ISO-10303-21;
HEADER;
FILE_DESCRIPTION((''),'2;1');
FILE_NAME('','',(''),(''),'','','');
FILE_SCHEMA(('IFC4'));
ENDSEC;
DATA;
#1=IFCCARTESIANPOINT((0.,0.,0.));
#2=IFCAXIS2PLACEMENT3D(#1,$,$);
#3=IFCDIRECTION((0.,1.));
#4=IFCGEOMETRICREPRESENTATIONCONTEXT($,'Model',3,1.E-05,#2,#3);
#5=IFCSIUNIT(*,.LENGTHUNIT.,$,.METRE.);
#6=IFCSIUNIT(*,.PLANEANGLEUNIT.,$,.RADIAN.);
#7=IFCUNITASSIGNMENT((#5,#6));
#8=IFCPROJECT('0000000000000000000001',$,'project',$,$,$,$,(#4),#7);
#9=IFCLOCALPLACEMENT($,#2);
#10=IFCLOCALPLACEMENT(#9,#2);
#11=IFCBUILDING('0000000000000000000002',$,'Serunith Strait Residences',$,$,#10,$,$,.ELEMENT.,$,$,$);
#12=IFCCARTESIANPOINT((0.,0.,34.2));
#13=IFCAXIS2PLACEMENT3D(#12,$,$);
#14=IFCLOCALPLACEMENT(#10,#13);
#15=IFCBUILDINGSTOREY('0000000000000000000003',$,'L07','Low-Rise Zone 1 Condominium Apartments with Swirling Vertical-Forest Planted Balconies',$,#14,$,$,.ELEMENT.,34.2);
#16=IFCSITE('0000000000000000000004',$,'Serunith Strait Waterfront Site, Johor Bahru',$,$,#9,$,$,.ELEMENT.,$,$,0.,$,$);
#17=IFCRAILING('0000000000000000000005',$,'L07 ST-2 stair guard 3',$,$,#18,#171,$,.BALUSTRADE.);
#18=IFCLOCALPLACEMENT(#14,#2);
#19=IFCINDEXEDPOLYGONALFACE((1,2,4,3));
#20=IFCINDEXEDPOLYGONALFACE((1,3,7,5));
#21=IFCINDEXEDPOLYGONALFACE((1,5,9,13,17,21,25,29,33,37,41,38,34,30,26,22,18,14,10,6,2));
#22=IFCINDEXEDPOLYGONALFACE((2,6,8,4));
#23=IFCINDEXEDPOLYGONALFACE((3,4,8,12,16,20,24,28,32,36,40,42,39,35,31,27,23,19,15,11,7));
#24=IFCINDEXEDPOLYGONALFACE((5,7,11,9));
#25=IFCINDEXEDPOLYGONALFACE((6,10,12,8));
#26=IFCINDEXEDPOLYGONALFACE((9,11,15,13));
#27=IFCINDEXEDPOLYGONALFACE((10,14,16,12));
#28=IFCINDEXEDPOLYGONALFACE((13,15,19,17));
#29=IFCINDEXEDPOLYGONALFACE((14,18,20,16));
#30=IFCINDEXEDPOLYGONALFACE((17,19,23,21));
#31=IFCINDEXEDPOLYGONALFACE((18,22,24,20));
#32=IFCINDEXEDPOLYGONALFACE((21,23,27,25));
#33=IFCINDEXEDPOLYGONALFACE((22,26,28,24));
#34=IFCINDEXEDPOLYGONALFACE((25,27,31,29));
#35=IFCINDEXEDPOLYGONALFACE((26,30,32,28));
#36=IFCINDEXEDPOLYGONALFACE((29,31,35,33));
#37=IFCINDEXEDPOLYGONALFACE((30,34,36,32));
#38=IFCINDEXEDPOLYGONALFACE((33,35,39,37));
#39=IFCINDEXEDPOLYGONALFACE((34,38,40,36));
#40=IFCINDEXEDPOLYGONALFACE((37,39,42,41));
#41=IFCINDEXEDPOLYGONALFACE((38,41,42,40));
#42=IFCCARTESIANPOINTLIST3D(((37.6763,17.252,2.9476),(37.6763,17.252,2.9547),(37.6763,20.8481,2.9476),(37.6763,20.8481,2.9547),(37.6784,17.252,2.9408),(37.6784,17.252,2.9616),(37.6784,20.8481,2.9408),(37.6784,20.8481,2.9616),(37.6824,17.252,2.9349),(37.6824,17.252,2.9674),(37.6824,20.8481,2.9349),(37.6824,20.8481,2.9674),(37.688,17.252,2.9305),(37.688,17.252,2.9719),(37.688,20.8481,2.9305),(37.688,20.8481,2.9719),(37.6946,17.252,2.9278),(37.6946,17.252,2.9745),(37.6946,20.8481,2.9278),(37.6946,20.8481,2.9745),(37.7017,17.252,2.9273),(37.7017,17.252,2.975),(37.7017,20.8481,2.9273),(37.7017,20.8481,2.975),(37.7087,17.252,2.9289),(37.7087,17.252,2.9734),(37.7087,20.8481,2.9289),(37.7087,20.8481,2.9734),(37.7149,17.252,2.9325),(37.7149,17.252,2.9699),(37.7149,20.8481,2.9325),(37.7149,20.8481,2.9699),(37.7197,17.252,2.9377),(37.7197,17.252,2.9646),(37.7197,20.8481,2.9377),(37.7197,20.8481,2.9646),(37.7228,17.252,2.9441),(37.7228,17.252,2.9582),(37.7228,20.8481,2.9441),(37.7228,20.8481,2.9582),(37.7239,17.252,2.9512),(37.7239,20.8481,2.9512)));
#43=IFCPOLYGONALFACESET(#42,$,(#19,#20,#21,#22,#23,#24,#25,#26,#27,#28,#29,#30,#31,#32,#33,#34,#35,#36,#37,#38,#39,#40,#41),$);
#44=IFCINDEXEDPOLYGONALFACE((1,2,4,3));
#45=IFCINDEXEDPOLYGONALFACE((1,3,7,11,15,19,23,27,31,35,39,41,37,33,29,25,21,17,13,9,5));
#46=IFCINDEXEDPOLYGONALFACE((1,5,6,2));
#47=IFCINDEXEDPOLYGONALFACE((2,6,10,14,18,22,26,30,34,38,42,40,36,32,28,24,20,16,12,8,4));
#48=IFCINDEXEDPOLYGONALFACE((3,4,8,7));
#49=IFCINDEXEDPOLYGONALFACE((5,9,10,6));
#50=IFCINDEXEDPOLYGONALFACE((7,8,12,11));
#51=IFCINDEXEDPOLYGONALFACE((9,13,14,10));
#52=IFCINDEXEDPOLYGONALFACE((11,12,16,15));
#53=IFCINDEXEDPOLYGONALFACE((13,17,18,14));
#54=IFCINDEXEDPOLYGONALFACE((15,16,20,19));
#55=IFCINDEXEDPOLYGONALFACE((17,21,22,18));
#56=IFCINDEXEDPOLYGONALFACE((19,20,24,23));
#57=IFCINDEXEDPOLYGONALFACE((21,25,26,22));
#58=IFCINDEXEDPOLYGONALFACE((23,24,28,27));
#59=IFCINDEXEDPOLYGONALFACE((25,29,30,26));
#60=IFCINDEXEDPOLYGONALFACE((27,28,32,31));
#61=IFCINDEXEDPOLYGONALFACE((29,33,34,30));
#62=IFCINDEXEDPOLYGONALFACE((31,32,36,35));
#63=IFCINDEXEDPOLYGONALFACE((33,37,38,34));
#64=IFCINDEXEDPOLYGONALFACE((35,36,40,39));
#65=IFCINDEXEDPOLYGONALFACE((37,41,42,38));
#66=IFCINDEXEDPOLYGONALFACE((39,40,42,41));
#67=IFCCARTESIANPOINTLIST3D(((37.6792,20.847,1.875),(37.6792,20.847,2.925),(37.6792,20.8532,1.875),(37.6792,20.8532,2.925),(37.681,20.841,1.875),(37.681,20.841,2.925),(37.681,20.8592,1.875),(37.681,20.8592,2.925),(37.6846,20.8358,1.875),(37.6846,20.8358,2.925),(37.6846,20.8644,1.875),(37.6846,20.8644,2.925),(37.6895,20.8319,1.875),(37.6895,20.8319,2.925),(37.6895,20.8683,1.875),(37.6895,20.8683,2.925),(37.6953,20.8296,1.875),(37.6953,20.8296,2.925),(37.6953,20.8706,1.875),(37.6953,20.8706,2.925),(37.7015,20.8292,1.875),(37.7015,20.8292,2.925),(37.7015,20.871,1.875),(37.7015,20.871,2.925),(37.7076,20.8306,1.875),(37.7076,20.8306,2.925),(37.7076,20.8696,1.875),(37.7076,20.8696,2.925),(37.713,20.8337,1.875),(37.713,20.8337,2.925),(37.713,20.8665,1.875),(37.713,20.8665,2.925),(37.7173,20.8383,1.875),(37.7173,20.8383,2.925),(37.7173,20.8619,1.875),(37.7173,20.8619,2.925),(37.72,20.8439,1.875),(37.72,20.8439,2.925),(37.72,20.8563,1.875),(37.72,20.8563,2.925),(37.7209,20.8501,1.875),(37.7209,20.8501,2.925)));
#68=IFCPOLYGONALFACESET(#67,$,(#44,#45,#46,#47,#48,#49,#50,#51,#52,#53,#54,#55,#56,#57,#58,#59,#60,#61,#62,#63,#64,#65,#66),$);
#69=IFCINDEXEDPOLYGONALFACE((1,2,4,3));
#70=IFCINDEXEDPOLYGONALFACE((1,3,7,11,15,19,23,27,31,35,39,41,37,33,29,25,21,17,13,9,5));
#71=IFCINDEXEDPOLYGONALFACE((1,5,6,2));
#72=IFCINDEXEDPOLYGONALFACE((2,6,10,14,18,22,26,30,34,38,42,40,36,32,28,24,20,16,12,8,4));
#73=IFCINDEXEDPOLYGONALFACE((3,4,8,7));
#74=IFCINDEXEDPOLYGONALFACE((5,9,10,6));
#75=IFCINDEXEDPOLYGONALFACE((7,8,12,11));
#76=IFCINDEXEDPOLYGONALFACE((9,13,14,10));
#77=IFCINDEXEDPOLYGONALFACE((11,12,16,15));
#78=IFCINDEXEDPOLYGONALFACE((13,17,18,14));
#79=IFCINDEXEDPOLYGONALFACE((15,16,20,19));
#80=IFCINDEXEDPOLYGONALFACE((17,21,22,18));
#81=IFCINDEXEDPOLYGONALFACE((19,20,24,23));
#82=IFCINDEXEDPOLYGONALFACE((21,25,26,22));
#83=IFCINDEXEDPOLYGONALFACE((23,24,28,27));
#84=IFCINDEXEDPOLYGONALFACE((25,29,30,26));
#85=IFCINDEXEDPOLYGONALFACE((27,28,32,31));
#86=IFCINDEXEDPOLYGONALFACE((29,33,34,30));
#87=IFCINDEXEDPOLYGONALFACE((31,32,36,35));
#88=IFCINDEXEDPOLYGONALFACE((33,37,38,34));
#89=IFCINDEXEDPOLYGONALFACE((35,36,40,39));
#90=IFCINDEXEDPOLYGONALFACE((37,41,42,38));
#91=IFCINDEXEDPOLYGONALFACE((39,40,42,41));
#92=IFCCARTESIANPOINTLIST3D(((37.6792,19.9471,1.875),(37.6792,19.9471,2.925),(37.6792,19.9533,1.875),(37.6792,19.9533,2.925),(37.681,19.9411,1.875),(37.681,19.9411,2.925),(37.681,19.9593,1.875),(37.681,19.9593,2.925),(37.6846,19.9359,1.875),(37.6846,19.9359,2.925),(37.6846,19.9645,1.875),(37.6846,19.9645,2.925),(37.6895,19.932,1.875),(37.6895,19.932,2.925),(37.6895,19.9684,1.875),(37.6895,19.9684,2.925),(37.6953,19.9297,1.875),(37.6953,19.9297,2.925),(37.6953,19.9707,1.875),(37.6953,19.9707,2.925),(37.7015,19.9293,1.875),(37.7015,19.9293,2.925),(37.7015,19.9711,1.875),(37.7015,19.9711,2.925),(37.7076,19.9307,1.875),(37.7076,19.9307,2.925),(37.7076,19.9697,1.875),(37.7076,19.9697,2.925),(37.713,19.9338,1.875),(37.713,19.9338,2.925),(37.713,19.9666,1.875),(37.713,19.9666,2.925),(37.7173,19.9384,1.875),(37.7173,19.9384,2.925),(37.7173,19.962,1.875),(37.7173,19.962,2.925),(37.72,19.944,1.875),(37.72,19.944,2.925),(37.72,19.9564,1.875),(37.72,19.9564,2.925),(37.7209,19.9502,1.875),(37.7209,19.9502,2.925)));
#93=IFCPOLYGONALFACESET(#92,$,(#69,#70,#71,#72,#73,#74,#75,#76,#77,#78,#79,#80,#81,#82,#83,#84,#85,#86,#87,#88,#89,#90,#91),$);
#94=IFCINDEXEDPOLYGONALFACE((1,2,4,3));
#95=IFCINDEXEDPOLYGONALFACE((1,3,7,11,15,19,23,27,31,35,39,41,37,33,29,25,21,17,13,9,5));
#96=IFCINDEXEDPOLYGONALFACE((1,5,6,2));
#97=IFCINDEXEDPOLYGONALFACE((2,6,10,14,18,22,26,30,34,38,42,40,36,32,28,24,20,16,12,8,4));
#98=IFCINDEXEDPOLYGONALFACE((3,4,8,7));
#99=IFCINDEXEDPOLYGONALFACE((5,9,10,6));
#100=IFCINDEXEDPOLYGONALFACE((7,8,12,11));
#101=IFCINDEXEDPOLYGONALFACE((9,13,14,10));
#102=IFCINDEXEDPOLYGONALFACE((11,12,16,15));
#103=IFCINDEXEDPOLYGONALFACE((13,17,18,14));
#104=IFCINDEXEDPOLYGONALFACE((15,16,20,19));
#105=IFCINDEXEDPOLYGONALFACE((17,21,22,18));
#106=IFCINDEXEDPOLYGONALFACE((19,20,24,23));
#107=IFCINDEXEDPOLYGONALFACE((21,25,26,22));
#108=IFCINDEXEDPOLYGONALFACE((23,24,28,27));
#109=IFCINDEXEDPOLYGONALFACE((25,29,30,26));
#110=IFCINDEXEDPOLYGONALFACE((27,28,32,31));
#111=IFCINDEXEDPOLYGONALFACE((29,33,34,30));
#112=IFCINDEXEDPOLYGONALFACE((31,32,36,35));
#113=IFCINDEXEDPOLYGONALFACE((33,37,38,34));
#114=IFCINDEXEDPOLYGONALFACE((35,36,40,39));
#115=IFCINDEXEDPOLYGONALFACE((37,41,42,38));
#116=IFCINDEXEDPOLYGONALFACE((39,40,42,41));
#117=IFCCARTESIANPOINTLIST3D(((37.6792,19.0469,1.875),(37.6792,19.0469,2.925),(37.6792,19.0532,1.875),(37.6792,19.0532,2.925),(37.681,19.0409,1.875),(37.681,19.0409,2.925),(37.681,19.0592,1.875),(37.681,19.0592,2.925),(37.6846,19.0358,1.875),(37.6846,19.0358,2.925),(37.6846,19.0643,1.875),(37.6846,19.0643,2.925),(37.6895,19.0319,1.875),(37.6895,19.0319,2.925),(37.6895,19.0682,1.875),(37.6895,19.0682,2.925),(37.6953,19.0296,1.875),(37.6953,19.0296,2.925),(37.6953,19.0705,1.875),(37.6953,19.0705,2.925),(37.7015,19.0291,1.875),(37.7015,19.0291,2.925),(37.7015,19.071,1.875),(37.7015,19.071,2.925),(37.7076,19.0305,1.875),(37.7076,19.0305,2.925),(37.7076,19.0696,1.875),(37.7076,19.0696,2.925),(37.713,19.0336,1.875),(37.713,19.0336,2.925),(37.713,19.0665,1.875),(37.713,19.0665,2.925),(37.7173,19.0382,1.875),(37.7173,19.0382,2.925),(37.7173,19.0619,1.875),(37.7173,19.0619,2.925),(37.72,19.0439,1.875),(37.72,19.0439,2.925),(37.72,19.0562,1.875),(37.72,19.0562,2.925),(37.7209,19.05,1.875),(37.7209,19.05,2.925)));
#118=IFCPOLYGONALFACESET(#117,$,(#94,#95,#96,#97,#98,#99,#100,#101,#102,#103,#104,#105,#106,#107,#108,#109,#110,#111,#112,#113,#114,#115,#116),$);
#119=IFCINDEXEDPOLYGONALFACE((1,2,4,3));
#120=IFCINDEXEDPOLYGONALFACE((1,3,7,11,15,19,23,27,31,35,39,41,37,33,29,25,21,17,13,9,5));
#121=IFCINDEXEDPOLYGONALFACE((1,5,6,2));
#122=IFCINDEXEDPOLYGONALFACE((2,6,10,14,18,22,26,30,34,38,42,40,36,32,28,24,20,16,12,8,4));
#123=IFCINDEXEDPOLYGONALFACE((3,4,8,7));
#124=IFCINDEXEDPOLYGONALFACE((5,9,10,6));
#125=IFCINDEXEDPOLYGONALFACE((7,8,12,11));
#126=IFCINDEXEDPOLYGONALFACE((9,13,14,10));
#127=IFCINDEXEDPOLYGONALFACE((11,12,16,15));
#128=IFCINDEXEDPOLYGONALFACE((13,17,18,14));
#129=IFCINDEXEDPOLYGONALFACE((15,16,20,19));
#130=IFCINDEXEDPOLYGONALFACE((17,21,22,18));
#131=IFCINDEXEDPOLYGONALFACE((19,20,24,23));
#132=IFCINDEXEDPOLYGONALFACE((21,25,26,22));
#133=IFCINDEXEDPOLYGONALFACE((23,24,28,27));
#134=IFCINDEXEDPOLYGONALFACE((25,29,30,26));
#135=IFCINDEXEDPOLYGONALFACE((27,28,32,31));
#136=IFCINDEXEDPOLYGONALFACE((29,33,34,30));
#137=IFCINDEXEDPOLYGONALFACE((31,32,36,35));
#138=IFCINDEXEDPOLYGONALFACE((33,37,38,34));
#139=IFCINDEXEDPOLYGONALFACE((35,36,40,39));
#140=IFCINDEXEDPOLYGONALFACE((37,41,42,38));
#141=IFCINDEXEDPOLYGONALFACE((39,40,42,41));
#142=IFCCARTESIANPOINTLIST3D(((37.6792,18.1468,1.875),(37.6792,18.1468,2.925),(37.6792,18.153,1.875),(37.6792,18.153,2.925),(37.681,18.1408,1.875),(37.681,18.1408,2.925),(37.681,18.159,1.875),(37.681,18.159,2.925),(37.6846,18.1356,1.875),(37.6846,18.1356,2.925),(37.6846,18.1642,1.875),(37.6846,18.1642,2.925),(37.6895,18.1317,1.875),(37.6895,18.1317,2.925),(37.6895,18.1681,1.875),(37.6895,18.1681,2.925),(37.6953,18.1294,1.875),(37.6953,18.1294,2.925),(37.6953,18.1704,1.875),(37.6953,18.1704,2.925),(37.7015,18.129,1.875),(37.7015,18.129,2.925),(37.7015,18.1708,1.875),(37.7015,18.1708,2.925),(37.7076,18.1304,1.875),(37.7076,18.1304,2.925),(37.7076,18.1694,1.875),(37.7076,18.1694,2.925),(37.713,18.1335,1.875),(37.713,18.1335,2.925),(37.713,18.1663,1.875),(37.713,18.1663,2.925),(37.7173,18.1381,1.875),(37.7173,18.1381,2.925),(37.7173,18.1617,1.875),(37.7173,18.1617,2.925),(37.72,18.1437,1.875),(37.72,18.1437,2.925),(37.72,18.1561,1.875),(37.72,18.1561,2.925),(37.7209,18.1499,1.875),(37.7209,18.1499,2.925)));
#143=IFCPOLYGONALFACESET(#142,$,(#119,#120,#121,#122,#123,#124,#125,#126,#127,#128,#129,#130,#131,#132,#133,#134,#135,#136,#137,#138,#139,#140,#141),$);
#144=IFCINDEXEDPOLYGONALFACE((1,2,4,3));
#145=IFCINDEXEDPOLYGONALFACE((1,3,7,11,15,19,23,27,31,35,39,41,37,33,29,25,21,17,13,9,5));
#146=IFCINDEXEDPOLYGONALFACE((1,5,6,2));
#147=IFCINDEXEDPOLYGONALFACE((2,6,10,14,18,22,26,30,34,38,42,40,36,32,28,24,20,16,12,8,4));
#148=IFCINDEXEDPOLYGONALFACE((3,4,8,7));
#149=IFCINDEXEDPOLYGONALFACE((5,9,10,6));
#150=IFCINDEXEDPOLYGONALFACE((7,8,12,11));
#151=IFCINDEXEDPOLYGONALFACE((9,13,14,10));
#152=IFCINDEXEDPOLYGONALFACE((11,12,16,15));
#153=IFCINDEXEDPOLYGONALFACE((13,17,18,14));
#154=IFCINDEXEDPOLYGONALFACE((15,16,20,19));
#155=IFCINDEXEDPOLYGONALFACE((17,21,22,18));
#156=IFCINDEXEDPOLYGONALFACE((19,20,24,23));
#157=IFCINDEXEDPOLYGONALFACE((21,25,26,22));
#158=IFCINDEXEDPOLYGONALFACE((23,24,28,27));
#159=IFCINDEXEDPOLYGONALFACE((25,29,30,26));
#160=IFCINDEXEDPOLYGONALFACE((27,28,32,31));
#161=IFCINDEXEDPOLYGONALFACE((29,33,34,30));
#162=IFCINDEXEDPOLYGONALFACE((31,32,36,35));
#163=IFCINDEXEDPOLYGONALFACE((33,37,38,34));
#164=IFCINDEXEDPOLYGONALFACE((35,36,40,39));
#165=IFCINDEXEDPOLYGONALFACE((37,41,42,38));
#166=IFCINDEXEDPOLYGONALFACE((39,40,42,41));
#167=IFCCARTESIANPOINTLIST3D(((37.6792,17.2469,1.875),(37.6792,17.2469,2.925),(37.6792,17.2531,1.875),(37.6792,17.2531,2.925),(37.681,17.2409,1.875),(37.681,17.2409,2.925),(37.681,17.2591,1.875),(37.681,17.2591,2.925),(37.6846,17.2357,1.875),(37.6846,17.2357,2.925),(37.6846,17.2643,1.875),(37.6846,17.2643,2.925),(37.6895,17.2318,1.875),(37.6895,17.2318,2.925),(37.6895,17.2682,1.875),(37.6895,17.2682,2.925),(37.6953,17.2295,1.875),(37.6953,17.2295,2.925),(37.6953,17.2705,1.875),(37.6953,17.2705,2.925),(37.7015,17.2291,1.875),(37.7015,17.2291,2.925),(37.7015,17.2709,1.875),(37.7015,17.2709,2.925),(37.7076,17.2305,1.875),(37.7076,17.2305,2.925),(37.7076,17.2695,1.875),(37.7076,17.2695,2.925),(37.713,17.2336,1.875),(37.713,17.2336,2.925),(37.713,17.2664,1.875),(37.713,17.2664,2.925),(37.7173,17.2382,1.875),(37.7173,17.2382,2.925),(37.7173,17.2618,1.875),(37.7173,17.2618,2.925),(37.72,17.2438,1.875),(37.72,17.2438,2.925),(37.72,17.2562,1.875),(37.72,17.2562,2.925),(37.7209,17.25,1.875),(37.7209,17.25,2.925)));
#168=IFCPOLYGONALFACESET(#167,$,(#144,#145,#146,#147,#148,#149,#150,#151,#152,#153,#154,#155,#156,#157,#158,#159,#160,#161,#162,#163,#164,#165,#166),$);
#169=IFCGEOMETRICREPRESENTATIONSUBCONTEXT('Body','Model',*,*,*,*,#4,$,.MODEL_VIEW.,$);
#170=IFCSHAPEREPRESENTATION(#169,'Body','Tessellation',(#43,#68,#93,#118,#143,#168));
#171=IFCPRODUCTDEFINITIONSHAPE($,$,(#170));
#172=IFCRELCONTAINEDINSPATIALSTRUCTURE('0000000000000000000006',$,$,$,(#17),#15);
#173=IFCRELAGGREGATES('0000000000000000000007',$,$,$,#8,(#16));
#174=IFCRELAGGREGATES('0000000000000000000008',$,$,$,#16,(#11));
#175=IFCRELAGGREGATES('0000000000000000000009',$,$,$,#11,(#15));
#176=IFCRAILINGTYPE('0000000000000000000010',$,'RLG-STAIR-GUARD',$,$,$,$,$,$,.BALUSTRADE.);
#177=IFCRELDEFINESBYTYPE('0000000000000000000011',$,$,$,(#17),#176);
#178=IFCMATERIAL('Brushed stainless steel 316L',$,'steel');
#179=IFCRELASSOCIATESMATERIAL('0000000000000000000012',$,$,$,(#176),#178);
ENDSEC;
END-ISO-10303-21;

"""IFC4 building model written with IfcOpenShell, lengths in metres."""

from ifc_helpers import new_model, si_unit, direction, frame, origin, origin_2d, place, context, subcontext, project, spatial, circle, extrude, material, type_object, element, save


model = new_model("IFC4")

# Units and contexts
model_context = context("Model", 3, precision=1e-05, world=origin(), true_north=direction((0.0, 1.0)))
body_context = subcontext(model_context, "Body", "Model", "MODEL_VIEW")
ifc_project = project(units=[si_unit("LENGTHUNIT", "METRE"), si_unit("PLANEANGLEUNIT", "RADIAN")], contexts=[model_context])

# Site, building, storey
site_placement = place(None, origin())
site = spatial("IfcSite", under=ifc_project, at=site_placement, Name="Serunith Strait Waterfront Site, Johor Bahru", CompositionType="ELEMENT", RefElevation=0.0)
building_placement = place(site_placement, origin())
building = spatial("IfcBuilding", under=site, at=building_placement, Name="Serunith Strait Residences", CompositionType="ELEMENT")
storey_placement = place(building_placement, frame((0.0, 0.0, 34.2)))
storey = spatial("IfcBuildingStorey", under=building, at=storey_placement, Name="L07", Description="Low-Rise Zone 1 Condominium Apartments with Swirling Vertical-Forest Planted Balconies", CompositionType="ELEMENT", Elevation=34.2)

# Railing
ifc_material_1 = material(Name="Brushed stainless steel 316L", Category="steel")
railing_type_1 = type_object("IfcRailingType", Name="RLG-STAIR-GUARD", PredefinedType="BALUSTRADE", material=ifc_material_1)
for number, where, name in (
    (1, (37.7, 20.8501, 1.875), "L07 ST-2 stair guard 3"),
):
    element("IfcRailing", number, at=place(storey_placement, frame(where)), inside=storey, type_object=railing_type_1, Name=name, PredefinedType="BALUSTRADE", context=body_context, shape_type="SweptSolid", body=[
        extrude(circle(Radius=0.0239, at=origin_2d()), frame((0.0, -0.002, 1.0762), z_axis=(0.0, -1.0, 0.0), x_axis=(1.0, 0.0, 0.0)), (0.0, 0.0, 1.0), 3.5962),
        extrude(circle(Radius=0.021, at=origin_2d()), origin(), (0.0, 0.0, 1.0), 1.05),
        extrude(circle(Radius=0.021, at=origin_2d()), frame((0.0, -0.8999, 0.0)), (0.0, 0.0, 1.0), 1.05),
        extrude(circle(Radius=0.021, at=origin_2d()), frame((0.0, -1.8, 0.0)), (0.0, 0.0, 1.0), 1.05),
        extrude(circle(Radius=0.021, at=origin_2d()), frame((0.0, -2.7002, 0.0)), (0.0, 0.0, 1.0), 1.05),
        extrude(circle(Radius=0.021, at=origin_2d()), frame((0.0, -3.6001, 0.0)), (0.0, 0.0, 1.0), 1.05),
    ])

save(model, "model.ifc")
